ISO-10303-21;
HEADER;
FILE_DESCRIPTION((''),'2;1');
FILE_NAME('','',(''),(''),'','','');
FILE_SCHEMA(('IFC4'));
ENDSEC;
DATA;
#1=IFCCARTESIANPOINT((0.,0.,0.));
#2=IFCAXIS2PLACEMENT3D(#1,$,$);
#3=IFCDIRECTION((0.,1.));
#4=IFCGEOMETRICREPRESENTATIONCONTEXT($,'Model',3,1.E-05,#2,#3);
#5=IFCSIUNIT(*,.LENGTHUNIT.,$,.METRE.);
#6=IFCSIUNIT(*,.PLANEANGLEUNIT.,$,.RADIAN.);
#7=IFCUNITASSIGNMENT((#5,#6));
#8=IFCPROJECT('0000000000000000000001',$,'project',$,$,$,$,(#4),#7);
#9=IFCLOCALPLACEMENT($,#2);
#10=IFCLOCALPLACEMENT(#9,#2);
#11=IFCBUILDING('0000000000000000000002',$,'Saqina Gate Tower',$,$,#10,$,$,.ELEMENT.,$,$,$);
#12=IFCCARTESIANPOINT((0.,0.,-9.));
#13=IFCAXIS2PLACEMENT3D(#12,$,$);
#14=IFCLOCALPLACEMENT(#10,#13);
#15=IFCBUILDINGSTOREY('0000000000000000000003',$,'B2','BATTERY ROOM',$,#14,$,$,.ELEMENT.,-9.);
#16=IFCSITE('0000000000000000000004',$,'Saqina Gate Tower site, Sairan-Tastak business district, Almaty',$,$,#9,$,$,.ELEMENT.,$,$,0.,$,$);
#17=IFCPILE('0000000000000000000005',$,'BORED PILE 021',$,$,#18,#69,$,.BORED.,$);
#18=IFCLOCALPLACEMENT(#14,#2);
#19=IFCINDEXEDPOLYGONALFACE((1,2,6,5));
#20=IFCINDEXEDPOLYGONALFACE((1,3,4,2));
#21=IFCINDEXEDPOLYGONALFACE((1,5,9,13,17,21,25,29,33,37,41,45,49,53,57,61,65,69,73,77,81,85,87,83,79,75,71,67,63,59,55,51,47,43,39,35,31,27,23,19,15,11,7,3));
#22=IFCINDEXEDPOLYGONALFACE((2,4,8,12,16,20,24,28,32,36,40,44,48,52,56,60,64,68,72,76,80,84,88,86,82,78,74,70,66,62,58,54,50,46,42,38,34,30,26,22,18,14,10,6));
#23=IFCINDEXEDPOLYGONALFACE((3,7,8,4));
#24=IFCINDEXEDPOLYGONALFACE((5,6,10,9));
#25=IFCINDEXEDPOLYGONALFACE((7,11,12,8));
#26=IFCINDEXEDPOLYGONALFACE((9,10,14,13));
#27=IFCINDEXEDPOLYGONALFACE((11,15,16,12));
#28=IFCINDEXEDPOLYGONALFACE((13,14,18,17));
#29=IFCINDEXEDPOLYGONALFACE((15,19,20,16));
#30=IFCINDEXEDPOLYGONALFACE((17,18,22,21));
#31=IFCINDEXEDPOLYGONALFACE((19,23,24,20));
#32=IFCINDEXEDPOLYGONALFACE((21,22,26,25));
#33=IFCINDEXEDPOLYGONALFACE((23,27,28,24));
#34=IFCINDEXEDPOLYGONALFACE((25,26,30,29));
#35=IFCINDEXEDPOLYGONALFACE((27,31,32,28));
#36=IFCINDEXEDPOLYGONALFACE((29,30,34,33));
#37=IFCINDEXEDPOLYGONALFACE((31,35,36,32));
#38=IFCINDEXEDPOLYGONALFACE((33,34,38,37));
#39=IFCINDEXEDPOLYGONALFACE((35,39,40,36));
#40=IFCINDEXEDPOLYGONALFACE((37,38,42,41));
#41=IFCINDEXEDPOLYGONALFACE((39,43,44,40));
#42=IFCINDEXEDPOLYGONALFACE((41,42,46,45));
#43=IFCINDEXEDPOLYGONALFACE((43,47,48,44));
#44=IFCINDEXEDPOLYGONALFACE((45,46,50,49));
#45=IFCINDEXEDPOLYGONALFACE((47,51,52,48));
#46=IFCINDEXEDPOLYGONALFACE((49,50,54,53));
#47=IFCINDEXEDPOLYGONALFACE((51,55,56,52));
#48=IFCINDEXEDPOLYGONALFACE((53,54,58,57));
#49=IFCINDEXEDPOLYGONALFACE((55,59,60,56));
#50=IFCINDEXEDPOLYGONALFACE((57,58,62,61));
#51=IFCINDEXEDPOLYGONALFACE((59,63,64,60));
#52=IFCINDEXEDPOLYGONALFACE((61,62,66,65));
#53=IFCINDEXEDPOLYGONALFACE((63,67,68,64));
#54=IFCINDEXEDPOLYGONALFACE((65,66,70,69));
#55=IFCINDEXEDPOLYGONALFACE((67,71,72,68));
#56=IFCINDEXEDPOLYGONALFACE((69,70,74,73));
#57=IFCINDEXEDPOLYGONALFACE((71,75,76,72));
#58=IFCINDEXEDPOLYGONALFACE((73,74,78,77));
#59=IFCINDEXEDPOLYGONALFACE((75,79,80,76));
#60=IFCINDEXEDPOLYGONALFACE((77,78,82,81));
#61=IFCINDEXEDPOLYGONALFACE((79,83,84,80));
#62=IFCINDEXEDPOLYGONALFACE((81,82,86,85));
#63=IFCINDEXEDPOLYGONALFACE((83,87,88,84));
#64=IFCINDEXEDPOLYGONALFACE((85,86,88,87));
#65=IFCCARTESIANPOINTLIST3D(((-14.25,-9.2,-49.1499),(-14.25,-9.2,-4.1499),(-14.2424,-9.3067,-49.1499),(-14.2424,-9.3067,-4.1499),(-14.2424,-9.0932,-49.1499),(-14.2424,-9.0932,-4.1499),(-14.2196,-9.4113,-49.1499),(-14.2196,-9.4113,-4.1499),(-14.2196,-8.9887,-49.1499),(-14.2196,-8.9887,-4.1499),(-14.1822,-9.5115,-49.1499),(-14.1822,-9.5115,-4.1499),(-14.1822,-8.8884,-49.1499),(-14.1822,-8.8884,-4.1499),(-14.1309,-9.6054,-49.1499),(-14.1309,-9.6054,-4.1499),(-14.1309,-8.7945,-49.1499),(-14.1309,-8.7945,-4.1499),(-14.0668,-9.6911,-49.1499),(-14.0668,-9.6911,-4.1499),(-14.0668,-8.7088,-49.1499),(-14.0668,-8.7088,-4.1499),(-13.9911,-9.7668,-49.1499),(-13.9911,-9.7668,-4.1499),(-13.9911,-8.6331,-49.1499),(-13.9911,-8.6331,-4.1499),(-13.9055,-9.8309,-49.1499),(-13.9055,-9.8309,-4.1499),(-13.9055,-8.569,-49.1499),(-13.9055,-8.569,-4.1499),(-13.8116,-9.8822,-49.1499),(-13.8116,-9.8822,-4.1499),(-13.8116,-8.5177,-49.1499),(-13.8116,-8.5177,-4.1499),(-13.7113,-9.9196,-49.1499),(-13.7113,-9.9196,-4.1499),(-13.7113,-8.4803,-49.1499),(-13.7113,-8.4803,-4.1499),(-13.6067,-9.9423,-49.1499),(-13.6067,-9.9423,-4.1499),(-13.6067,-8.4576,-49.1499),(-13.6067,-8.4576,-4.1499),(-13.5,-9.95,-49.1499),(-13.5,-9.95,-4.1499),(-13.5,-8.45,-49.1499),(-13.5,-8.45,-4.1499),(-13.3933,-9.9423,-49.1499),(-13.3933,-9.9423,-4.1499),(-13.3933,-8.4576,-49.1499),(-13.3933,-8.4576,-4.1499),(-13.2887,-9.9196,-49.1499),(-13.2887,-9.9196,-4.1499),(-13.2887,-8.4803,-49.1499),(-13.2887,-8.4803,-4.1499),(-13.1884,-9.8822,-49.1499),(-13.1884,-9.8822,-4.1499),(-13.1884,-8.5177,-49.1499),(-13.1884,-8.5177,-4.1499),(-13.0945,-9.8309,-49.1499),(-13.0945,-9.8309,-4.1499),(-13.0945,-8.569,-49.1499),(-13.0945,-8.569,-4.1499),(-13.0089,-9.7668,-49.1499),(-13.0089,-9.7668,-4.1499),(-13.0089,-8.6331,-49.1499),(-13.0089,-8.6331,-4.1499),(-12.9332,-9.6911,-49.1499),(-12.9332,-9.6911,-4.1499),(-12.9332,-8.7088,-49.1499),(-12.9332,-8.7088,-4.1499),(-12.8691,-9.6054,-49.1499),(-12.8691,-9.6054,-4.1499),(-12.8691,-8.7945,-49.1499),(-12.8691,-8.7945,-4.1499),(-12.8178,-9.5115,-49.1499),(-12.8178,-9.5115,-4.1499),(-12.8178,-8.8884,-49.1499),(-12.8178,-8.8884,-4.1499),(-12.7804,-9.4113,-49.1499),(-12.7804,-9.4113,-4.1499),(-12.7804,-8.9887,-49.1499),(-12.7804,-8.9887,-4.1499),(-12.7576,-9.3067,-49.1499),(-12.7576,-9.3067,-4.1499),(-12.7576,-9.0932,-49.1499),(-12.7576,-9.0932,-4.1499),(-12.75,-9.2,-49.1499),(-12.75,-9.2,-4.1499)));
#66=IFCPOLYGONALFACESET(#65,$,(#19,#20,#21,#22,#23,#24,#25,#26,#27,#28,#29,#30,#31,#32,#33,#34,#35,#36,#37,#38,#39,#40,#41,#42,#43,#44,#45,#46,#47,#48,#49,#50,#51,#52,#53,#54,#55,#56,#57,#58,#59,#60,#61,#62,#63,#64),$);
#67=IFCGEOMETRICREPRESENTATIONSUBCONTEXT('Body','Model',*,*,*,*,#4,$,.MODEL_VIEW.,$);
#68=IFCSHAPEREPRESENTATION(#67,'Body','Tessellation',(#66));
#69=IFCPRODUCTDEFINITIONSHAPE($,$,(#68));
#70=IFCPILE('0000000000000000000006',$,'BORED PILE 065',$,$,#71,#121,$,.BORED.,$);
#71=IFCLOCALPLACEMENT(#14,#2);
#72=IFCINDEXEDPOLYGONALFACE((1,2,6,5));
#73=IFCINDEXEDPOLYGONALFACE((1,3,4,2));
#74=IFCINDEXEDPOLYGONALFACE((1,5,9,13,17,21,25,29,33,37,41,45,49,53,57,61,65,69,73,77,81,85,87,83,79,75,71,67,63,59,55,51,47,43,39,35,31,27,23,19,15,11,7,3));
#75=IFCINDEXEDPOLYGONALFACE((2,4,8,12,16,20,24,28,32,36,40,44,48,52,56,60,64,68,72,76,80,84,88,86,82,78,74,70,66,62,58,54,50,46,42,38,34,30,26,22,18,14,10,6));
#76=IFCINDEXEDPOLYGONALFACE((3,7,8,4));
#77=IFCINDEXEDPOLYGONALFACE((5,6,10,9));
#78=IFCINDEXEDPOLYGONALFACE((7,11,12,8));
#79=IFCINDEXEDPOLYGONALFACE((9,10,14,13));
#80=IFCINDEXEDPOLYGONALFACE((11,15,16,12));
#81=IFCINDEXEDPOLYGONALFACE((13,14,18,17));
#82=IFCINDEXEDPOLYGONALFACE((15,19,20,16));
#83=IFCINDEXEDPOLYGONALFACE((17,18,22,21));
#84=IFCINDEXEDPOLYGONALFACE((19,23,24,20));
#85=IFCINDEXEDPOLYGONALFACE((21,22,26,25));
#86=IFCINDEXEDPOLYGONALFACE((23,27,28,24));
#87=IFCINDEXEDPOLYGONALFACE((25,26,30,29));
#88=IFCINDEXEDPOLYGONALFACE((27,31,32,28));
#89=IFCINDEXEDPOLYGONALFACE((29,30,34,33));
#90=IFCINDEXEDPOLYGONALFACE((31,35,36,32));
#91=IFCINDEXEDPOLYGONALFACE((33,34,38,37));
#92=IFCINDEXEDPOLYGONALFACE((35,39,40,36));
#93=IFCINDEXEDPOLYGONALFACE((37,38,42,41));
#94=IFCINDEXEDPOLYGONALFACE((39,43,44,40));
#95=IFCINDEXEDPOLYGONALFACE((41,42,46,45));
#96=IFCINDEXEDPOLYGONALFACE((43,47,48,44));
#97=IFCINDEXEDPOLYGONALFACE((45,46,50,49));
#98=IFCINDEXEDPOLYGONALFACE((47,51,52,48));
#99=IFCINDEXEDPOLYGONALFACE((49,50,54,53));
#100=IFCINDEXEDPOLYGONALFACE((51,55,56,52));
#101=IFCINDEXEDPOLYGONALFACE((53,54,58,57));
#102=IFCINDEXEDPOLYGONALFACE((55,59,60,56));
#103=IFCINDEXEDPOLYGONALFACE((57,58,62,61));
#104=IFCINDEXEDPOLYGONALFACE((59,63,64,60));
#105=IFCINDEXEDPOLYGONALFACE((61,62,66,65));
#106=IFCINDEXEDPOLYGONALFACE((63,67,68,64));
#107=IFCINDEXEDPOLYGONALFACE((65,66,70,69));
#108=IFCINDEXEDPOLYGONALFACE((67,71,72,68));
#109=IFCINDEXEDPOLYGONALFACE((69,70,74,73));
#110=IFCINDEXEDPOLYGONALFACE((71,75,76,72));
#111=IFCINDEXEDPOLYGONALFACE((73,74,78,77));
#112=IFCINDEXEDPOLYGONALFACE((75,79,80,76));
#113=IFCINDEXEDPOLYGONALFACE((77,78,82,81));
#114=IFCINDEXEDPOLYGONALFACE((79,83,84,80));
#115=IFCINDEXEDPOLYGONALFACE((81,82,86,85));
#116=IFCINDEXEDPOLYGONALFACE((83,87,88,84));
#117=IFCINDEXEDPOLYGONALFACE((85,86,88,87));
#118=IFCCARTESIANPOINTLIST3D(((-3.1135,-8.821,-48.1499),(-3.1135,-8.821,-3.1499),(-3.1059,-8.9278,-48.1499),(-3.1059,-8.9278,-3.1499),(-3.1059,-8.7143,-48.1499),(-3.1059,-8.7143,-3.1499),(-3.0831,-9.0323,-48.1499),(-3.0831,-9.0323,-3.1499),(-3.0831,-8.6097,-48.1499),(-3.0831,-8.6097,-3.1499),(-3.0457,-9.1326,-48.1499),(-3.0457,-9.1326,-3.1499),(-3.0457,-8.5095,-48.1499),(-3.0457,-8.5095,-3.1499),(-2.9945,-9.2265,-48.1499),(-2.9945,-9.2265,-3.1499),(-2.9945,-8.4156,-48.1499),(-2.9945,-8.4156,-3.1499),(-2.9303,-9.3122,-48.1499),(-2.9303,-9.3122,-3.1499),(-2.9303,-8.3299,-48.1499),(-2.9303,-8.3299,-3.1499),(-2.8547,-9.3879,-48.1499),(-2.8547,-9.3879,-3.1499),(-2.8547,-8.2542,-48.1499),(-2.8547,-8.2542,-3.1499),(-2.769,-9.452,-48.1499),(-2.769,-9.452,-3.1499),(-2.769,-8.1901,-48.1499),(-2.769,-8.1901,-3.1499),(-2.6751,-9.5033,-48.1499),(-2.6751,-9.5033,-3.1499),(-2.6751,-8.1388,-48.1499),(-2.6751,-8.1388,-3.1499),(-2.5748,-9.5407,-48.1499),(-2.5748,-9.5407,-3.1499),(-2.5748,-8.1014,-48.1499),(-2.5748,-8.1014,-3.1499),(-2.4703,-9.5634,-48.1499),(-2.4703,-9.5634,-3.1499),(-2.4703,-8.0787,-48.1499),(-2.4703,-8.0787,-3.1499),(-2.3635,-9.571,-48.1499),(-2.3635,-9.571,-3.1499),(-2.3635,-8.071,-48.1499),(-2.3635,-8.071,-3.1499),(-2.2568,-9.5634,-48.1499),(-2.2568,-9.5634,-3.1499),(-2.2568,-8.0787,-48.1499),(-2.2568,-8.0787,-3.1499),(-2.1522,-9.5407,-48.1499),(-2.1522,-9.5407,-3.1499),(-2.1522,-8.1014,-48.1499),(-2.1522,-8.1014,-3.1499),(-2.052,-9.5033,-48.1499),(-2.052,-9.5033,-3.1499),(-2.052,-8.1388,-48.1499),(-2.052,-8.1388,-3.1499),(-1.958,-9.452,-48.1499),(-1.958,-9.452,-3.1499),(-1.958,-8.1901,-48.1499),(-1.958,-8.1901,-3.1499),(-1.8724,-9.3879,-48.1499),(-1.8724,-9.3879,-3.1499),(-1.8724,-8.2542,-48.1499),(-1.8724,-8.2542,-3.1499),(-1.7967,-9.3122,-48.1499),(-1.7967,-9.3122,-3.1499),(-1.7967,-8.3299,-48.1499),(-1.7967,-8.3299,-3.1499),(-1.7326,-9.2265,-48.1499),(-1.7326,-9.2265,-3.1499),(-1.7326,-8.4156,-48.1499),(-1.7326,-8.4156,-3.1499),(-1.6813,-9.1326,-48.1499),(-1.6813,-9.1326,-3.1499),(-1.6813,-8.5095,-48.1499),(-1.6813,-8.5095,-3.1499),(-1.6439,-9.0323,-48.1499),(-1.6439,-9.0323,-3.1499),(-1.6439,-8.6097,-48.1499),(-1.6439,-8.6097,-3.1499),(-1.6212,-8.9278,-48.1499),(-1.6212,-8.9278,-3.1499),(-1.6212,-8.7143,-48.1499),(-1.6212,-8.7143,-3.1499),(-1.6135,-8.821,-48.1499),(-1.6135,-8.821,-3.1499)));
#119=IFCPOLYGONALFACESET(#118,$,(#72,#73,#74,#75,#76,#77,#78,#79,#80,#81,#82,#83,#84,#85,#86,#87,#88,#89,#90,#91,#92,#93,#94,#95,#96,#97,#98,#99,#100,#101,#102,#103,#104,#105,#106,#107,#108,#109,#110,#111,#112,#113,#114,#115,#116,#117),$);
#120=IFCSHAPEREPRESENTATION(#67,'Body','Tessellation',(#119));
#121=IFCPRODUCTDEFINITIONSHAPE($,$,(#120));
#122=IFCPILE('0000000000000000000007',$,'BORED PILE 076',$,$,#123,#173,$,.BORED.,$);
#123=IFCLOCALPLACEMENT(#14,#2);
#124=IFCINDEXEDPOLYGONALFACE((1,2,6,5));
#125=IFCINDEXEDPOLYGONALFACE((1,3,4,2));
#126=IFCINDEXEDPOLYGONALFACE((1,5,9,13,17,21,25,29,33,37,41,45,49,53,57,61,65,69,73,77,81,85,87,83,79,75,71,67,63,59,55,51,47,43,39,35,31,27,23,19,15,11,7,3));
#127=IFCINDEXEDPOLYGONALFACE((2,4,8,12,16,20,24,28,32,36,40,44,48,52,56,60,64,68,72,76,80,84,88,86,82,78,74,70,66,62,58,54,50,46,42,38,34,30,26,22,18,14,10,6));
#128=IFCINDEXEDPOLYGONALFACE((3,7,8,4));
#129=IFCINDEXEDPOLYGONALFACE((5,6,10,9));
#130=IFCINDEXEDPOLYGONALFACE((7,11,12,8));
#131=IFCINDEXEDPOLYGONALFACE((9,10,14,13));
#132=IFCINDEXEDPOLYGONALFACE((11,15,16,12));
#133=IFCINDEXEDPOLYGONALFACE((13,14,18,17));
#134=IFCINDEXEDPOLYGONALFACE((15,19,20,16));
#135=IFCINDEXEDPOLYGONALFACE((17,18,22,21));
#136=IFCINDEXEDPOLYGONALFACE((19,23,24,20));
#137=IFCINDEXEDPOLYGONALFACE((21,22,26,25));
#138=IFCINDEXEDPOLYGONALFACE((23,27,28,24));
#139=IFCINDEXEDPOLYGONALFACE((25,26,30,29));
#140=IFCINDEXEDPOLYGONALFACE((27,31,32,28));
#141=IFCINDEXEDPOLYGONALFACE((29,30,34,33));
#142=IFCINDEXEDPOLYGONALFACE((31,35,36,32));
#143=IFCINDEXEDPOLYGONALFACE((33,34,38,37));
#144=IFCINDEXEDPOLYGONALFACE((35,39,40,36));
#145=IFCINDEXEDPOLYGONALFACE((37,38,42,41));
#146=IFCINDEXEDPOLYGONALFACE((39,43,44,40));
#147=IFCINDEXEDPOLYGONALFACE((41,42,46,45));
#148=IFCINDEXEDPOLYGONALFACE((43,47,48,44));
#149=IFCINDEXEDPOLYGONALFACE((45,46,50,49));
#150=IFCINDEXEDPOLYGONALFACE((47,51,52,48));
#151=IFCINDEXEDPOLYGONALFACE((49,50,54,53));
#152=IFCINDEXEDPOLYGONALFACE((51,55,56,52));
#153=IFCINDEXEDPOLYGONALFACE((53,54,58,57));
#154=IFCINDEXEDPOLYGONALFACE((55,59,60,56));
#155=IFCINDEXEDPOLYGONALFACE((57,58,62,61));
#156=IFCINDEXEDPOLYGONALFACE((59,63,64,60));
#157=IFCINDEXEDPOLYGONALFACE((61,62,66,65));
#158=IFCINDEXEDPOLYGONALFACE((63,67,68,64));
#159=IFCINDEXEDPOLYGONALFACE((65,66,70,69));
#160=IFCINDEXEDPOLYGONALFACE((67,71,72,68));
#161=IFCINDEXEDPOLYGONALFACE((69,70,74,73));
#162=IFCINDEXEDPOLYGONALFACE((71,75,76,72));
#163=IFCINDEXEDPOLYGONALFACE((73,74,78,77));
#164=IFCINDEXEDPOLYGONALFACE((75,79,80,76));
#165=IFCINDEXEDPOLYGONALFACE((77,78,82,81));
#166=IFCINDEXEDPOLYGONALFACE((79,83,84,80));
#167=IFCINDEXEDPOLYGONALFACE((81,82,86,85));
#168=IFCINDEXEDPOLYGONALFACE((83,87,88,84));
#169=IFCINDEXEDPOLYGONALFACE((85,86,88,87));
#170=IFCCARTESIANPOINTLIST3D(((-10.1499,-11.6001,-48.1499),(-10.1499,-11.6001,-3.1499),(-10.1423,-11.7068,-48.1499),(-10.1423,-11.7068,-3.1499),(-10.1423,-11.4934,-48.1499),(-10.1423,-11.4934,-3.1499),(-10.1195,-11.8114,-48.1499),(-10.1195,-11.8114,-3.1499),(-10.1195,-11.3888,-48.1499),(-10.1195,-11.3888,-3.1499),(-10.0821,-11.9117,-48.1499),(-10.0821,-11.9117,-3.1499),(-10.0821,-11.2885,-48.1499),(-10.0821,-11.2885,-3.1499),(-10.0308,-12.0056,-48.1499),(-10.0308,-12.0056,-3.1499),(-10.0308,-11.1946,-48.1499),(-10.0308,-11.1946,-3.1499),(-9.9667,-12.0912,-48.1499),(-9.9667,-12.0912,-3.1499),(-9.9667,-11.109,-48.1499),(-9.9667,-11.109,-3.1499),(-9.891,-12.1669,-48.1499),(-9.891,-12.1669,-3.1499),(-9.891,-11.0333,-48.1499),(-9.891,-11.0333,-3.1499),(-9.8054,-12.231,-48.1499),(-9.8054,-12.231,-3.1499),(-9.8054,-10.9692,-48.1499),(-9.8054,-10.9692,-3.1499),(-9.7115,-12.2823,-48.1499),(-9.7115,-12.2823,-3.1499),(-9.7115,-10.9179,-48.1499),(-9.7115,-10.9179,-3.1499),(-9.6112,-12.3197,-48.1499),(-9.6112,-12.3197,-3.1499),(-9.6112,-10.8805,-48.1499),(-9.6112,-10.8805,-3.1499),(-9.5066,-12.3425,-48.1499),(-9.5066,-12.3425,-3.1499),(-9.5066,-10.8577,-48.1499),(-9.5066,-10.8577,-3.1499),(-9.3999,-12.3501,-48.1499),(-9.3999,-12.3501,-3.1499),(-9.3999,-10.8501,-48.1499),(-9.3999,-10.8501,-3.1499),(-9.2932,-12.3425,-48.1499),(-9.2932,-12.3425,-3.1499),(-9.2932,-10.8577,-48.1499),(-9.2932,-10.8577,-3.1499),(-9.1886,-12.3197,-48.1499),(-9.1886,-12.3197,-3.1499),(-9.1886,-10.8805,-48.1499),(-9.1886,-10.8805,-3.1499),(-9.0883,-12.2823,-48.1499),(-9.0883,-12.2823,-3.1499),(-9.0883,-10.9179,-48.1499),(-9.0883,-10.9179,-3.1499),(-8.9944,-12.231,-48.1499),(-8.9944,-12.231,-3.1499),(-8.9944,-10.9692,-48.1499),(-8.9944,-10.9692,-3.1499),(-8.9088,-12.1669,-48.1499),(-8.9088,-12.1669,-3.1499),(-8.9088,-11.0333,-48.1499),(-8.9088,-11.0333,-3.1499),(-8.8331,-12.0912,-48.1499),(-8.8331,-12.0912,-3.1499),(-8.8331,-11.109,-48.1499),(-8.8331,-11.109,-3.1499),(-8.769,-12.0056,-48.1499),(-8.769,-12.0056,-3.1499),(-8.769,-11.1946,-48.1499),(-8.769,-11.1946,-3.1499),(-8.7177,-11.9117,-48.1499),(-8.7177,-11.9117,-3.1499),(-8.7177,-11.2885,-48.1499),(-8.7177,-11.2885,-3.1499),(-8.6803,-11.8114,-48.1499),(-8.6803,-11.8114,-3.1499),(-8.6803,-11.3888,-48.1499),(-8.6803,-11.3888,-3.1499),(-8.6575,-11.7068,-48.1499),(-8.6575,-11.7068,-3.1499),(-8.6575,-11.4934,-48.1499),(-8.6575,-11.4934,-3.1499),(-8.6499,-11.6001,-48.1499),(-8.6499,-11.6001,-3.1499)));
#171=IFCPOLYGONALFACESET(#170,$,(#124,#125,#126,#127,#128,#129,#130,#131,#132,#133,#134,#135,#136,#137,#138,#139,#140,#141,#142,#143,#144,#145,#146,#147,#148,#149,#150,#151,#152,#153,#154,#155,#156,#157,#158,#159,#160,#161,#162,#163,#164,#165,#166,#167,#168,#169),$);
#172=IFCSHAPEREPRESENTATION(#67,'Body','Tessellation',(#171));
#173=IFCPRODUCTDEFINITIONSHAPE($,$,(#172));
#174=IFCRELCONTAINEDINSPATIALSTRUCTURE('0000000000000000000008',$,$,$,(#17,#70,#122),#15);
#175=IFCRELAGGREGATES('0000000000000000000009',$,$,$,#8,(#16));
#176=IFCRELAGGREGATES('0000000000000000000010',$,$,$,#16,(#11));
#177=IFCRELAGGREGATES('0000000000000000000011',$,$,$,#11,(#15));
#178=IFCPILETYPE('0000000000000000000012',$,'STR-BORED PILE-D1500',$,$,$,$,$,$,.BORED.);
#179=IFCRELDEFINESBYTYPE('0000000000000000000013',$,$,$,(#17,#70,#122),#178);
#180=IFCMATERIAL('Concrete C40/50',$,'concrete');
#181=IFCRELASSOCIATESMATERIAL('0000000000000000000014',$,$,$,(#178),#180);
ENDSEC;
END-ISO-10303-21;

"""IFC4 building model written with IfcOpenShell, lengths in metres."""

from ifc_helpers import new_model, si_unit, direction, frame, origin, origin_2d, place, context, subcontext, project, spatial, circle, extrude, material, material_profile, profile_set, type_object, element, save


model = new_model("IFC4")

# Units and contexts
model_context = context("Model", 3, precision=1e-05, world=origin(), true_north=direction((0.0, 1.0)))
body_context = subcontext(model_context, "Body", "Model", "MODEL_VIEW")
ifc_project = project(units=[si_unit("LENGTHUNIT", "METRE"), si_unit("PLANEANGLEUNIT", "RADIAN")], contexts=[model_context])

# Site, building, storey
site_placement = place(None, origin())
site = spatial("IfcSite", under=ifc_project, at=site_placement, Name="Saqina Gate Tower site, Sairan-Tastak business district, Almaty", CompositionType="ELEMENT", RefElevation=0.0)
building_placement = place(site_placement, origin())
building = spatial("IfcBuilding", under=site, at=building_placement, Name="Saqina Gate Tower", CompositionType="ELEMENT")
storey_placement = place(building_placement, frame((0.0, 0.0, -9.0)))
storey = spatial("IfcBuildingStorey", under=building, at=storey_placement, Name="B2", Description="BATTERY ROOM", CompositionType="ELEMENT", Elevation=-9.0)

# Piles
ifc_material_1 = material(Name="Concrete C40/50", Category="concrete")
ifc_material_profile_1 = material_profile(ifc_material_1, circle(Radius=0.75, at=origin_2d()), Name="RC D1500")
ifc_profile_set_1 = profile_set([ifc_material_profile_1], Name="Concrete C40/50")
pile_type = type_object("IfcPileType", Name="STR-BORED PILE-D1500", PredefinedType="BORED", material=ifc_profile_set_1)
for number, where, z_axis, x_axis, name in (
    (1, (-13.5, -9.2, -4.1499), (0.0, 0.0, -1.0), (1.0, 0.0, 0.0), "BORED PILE 021"),
    (2, (-2.3635, -8.821, -3.1499), (0.0, 0.0, -1.0), (1.0, 0.0, 0.0), "BORED PILE 065"),
    (3, (-9.3999, -11.6001, -3.1499), (0.0, 0.0, -1.0), (1.0, 0.0, 0.0), "BORED PILE 076"),
):
    element("IfcPile", number, at=place(storey_placement, frame(where, z_axis=z_axis, x_axis=x_axis)), inside=storey, type_object=pile_type, Name=name, PredefinedType="BORED", context=body_context, shape_type="SweptSolid", body=[
        extrude(circle(Radius=0.75, at=origin_2d()), origin(), (0.0, 0.0, 1.0), 45.0),
    ])

save(model, "model.ifc")
